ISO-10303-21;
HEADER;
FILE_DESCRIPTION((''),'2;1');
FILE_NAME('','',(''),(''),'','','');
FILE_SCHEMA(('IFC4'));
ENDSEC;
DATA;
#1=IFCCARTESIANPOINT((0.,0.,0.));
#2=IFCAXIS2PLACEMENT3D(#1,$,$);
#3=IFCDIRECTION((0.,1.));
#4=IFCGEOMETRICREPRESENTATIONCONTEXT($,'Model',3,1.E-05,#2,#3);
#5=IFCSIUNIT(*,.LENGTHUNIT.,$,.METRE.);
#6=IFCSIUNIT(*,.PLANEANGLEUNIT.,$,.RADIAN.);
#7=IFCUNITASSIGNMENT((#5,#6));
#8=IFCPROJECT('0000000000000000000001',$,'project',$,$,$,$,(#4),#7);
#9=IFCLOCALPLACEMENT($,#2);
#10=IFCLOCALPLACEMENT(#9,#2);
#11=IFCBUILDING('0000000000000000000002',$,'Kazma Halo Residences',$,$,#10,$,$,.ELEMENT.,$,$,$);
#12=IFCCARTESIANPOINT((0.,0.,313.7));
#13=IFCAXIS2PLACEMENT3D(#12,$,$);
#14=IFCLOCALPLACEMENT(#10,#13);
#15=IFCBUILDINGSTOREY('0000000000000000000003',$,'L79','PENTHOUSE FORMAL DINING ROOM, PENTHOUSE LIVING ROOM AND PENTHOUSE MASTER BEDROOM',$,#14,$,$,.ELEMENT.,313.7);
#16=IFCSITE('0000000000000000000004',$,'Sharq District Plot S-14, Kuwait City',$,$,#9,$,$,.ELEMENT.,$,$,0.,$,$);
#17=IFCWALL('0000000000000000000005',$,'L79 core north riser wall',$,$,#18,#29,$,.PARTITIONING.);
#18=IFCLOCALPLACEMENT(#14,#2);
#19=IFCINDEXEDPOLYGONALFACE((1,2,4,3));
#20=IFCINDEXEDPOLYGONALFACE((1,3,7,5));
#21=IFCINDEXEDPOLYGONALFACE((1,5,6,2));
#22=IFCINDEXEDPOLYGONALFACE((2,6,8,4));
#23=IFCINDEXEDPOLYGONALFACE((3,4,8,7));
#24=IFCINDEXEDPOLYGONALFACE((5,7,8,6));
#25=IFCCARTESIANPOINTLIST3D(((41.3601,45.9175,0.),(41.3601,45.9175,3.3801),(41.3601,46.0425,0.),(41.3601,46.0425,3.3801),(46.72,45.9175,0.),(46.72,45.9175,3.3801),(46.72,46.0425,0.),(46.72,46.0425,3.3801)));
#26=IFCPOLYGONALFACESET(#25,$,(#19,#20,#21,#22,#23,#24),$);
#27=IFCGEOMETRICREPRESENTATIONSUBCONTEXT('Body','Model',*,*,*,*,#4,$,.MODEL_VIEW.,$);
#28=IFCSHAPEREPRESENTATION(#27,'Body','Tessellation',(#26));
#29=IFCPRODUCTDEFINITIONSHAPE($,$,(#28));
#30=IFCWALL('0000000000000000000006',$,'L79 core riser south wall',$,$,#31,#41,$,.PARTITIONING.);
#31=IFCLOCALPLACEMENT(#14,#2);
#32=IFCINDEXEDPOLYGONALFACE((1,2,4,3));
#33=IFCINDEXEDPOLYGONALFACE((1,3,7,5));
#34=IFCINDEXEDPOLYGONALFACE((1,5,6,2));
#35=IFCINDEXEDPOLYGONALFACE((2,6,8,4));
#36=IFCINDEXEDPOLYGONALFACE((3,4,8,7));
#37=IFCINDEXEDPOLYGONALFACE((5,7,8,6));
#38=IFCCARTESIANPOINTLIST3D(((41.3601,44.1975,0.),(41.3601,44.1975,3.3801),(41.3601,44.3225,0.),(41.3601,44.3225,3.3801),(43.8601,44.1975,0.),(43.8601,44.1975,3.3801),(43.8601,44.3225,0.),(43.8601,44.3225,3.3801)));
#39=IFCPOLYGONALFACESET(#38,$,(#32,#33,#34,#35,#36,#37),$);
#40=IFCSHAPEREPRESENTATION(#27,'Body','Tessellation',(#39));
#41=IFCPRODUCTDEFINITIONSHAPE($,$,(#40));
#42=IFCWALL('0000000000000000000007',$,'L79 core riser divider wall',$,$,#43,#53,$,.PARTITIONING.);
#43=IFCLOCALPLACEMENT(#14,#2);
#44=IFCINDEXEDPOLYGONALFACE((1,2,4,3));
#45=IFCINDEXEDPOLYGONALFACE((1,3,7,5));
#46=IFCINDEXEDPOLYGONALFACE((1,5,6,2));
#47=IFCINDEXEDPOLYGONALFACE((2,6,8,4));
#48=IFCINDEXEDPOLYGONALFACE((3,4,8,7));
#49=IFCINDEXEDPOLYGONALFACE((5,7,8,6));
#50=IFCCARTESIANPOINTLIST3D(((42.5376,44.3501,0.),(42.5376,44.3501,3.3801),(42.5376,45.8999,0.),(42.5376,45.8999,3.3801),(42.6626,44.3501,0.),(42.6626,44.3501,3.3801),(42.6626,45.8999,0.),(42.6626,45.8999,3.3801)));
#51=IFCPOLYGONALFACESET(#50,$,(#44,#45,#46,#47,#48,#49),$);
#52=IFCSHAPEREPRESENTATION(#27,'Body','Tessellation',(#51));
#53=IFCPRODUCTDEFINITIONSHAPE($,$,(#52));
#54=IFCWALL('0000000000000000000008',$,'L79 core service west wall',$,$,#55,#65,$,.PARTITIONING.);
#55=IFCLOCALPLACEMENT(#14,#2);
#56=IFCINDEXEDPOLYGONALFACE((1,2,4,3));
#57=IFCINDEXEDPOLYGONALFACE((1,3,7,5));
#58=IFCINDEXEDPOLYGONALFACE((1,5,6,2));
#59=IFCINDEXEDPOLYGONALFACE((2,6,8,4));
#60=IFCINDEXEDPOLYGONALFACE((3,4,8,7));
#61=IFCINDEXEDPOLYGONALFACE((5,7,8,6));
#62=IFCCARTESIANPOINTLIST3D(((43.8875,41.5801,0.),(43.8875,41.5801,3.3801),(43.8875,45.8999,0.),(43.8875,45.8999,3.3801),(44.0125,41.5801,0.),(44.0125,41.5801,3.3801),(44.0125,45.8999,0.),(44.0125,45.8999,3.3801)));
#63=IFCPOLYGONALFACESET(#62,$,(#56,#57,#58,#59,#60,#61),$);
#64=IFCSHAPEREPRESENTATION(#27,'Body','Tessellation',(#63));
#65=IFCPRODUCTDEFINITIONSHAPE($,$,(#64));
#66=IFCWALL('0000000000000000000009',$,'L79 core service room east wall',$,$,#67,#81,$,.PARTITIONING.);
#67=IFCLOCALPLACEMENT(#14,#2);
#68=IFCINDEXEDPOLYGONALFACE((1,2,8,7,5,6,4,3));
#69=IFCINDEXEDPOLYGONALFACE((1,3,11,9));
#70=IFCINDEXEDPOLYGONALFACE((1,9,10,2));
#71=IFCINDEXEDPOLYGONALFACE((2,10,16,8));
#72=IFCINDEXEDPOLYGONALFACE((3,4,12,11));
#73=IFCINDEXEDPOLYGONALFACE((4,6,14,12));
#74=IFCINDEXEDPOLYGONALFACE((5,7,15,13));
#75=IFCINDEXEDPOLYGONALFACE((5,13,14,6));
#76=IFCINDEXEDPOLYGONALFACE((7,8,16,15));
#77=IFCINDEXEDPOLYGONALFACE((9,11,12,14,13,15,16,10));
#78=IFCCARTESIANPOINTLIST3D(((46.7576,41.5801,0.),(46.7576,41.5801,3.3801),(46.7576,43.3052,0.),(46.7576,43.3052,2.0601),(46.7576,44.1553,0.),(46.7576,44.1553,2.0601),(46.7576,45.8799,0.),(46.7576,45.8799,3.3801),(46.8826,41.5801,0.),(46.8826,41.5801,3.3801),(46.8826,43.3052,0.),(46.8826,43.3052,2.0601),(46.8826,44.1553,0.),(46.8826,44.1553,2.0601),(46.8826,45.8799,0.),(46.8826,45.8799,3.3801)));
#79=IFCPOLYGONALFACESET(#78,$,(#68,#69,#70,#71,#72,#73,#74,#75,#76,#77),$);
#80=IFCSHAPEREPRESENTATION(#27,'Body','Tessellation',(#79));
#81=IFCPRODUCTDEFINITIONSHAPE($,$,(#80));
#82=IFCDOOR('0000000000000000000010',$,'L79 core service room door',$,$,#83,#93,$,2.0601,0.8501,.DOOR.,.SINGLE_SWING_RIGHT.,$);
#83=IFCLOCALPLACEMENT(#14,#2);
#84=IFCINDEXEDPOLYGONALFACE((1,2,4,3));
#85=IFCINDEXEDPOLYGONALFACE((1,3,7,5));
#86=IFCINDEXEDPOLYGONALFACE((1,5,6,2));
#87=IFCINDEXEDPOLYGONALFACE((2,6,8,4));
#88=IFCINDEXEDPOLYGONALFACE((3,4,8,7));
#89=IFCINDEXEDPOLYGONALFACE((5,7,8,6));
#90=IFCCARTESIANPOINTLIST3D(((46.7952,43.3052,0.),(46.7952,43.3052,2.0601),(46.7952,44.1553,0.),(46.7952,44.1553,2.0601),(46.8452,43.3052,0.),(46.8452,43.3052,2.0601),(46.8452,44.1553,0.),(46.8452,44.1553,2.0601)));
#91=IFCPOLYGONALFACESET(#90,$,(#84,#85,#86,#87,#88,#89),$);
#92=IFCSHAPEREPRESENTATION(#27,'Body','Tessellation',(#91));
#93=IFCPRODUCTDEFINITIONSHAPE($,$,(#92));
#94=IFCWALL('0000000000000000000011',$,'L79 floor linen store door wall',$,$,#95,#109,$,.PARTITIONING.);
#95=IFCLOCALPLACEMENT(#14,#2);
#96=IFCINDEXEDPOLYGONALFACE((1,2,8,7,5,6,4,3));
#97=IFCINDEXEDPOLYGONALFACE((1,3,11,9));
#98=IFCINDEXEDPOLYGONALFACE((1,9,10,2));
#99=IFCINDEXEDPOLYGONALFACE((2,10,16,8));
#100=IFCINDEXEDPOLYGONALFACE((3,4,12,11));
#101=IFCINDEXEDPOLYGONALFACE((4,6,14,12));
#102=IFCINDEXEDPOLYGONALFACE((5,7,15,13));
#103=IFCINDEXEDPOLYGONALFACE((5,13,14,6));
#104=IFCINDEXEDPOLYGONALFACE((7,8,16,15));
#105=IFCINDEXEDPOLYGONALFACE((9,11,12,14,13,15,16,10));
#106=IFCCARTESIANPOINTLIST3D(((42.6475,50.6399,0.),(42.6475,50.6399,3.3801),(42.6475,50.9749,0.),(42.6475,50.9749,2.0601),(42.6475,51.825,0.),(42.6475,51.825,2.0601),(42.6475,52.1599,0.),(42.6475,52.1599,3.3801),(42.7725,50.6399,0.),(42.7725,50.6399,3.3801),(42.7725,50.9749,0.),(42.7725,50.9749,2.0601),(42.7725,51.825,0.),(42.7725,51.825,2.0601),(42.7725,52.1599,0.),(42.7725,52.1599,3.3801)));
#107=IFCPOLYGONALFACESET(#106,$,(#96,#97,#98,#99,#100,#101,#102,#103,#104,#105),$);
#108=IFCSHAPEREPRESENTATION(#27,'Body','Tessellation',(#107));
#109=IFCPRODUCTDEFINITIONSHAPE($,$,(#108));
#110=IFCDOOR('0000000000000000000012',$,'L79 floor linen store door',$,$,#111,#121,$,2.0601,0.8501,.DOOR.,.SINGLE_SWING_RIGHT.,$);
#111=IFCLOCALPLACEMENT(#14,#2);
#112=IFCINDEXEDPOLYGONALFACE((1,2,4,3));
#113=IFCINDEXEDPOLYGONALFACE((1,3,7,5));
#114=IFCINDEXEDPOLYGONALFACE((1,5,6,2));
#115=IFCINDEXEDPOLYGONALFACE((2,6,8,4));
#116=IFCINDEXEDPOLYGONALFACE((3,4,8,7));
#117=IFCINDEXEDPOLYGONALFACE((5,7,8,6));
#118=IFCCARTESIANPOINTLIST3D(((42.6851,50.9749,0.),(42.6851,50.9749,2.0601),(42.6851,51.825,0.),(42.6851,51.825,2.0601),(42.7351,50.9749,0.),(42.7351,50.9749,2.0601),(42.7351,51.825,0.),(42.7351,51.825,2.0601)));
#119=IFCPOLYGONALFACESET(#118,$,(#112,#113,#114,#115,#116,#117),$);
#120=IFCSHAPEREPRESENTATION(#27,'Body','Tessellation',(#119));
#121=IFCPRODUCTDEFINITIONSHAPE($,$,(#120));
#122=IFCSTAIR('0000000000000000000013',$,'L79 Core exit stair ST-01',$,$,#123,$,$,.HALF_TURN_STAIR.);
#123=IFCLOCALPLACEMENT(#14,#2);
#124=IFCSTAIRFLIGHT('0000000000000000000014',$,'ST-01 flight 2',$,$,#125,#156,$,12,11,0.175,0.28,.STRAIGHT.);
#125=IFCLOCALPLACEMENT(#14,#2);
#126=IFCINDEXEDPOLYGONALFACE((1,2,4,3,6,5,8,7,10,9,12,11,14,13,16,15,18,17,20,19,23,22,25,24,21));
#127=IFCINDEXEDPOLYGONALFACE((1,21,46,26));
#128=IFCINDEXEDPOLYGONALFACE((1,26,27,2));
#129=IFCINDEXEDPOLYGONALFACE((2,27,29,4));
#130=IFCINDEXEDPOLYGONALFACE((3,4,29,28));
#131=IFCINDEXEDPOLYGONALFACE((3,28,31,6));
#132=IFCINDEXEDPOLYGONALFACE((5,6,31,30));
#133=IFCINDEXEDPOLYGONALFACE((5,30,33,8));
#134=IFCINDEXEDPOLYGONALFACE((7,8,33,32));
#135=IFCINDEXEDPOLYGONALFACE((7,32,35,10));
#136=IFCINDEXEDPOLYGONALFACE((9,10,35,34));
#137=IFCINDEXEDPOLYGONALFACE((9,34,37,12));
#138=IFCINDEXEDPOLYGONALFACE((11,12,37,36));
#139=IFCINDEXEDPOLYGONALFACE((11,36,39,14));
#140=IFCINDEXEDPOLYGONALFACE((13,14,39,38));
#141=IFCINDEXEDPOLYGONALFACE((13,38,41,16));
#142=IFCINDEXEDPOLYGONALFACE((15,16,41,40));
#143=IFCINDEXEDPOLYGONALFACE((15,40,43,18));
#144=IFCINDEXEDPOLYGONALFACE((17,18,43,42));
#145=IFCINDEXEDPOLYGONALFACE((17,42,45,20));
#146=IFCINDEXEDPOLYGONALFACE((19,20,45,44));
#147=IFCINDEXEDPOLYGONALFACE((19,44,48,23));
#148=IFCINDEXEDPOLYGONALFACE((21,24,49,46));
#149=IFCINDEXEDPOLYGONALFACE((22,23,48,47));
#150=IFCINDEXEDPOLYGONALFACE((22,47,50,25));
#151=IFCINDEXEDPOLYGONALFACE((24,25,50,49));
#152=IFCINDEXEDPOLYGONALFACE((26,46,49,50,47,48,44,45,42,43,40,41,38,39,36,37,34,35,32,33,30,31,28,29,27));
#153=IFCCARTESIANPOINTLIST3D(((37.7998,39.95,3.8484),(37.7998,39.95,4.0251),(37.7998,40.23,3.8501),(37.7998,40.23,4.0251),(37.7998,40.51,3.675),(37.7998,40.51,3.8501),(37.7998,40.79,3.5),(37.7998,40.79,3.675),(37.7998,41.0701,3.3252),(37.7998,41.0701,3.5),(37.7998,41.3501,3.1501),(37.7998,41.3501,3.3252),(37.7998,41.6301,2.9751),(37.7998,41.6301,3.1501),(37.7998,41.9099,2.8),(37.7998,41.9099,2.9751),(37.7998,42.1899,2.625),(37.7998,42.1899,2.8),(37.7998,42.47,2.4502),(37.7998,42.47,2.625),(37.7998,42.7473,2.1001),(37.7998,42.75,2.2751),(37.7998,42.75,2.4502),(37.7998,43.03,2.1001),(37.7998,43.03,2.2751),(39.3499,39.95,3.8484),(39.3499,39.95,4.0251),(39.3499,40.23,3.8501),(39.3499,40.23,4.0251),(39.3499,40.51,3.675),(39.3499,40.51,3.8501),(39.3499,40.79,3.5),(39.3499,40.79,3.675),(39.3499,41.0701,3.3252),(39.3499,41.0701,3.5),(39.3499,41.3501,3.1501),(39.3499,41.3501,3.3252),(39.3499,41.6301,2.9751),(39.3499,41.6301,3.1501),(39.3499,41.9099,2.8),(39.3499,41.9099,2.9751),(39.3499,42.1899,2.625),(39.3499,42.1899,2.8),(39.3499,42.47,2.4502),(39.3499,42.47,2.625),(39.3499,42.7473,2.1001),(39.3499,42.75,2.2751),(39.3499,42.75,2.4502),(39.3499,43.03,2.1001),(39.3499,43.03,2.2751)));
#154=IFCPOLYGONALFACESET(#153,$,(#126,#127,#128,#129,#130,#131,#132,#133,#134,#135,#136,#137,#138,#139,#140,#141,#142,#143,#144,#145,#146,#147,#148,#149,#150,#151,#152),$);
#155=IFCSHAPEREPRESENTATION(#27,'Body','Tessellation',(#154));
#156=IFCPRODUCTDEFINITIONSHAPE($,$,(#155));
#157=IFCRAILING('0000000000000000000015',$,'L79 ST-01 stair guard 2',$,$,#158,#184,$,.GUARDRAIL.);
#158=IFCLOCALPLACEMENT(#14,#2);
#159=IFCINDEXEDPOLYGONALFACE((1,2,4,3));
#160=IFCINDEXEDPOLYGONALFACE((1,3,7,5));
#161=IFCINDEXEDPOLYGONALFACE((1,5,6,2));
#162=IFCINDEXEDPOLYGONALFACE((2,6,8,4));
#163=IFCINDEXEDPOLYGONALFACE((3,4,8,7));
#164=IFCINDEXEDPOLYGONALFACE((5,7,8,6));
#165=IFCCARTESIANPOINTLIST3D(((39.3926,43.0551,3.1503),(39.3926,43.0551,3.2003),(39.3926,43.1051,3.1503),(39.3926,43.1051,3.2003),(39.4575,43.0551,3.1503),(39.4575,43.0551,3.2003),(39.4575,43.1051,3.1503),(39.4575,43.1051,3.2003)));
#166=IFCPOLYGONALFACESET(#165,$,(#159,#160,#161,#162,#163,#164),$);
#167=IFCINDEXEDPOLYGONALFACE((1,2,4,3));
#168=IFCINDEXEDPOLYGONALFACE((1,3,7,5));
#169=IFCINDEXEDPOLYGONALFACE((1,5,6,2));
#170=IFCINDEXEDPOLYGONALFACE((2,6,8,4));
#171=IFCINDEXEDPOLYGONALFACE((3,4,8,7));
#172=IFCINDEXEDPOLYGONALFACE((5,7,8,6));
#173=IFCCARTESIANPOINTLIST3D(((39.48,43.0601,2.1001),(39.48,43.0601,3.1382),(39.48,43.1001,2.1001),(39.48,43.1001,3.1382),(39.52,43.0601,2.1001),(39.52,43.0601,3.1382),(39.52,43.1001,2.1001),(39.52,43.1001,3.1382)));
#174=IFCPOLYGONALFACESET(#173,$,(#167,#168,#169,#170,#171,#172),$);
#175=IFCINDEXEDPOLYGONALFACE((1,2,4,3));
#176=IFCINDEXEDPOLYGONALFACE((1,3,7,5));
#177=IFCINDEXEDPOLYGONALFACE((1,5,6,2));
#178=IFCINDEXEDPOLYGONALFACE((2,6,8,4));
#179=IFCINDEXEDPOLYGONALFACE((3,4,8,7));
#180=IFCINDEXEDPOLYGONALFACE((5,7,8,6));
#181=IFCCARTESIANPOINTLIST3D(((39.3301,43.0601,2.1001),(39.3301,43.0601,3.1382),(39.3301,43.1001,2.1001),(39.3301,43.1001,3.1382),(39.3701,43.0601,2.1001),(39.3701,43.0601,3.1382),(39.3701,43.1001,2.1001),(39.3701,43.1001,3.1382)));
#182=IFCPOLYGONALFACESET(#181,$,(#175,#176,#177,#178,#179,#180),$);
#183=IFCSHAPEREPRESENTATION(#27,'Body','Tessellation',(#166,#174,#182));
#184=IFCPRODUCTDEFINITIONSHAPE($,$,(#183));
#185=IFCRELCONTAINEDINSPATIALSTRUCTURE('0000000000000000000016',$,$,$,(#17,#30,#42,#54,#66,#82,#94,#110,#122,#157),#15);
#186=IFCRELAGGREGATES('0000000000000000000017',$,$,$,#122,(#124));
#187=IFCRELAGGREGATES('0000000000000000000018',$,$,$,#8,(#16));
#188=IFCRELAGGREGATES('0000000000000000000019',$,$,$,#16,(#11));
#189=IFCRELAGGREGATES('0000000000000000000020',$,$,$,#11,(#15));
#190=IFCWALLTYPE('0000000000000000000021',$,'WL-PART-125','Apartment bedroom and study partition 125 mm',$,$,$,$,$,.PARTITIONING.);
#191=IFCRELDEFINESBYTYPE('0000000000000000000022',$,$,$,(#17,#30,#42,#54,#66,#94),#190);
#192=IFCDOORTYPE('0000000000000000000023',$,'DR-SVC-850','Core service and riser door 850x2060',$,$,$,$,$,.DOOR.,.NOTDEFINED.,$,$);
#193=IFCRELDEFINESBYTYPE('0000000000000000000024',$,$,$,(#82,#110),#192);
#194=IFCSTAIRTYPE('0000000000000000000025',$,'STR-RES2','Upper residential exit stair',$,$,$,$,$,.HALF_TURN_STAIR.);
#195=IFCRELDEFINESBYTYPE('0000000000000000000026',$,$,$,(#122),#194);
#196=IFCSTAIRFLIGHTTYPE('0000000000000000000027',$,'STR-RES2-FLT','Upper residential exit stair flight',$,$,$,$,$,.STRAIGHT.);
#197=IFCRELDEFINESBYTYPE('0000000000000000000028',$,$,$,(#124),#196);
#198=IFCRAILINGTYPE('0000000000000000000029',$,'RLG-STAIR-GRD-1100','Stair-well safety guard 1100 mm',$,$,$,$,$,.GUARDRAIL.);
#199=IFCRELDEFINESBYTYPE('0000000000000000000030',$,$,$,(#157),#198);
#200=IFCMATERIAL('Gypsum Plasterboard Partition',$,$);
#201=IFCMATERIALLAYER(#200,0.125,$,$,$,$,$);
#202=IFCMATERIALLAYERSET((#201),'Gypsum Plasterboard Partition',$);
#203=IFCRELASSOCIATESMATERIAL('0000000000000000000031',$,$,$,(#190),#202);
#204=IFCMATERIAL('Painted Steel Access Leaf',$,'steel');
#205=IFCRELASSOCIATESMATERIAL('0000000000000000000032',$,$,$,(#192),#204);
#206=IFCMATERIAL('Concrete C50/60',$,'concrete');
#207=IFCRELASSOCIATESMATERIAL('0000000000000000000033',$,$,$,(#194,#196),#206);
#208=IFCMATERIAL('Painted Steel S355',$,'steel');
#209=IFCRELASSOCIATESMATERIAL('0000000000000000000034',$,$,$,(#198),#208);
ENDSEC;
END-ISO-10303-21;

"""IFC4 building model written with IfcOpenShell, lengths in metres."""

from ifc_helpers import new_model, si_unit, direction, frame, frame_2d, origin, origin_2d, place, context, subcontext, project, spatial, polyline, rectangle, outline, extrude, material, layer, layer_set, type_object, element, fill, aggregate, save


model = new_model("IFC4")

# Units and contexts
model_context = context("Model", 3, precision=1e-05, world=origin(), true_north=direction((0.0, 1.0)))
body_context = subcontext(model_context, "Body", "Model", "MODEL_VIEW")
ifc_project = project(units=[si_unit("LENGTHUNIT", "METRE"), si_unit("PLANEANGLEUNIT", "RADIAN")], contexts=[model_context])

# Site, building, storey
site_placement = place(None, origin())
site = spatial("IfcSite", under=ifc_project, at=site_placement, Name="Sharq District Plot S-14, Kuwait City", CompositionType="ELEMENT", RefElevation=0.0)
building_placement = place(site_placement, origin())
building = spatial("IfcBuilding", under=site, at=building_placement, Name="Kazma Halo Residences", CompositionType="ELEMENT")
storey_placement = place(building_placement, frame((0.0, 0.0, 313.7)))
storey = spatial("IfcBuildingStorey", under=building, at=storey_placement, Name="L79", Description="PENTHOUSE FORMAL DINING ROOM, PENTHOUSE LIVING ROOM AND PENTHOUSE MASTER BEDROOM", CompositionType="ELEMENT", Elevation=313.7)

# Shared definitions
ifc_material_1 = material(Name="Gypsum Plasterboard Partition")
ifc_layer_1 = layer(ifc_material_1, 0.125)
ifc_layer_set_1 = layer_set([ifc_layer_1], Name="Gypsum Plasterboard Partition")
wall_type_1 = type_object("IfcWallType", Name="WL-PART-125", Description="Apartment bedroom and study partition 125 mm", PredefinedType="PARTITIONING", material=ifc_layer_set_1)

# Shared definitions
ifc_material_2 = material(Name="Painted Steel Access Leaf", Category="steel")
door_type_1 = type_object("IfcDoorType", Name="DR-SVC-850", Description="Core service and riser door 850x2060", OperationType="NOTDEFINED", PredefinedType="DOOR", material=ifc_material_2)

# Walls
wall_1_placement = place(storey_placement, frame((41.3601, 45.98, 0.0), z_axis=(0.0, 0.0, 1.0), x_axis=(1.0, 0.0, 0.0)))
element("IfcWall", 1, at=wall_1_placement, inside=storey, type_object=wall_type_1, Name="L79 core north riser wall", PredefinedType="PARTITIONING", context=body_context, shape_type="SweptSolid", body=[
    extrude(rectangle(XDim=5.3599, YDim=0.125, at=frame_2d((2.6799, 0.0))), origin(), (0.0, 0.0, 1.0), 3.3801),
])
wall_2_placement = place(storey_placement, frame((41.3601, 44.26, 0.0), z_axis=(0.0, 0.0, 1.0), x_axis=(1.0, 0.0, 0.0)))
element("IfcWall", 2, at=wall_2_placement, inside=storey, type_object=wall_type_1, Name="L79 core riser south wall", PredefinedType="PARTITIONING", context=body_context, shape_type="SweptSolid", body=[
    extrude(rectangle(XDim=2.5, YDim=0.125, at=frame_2d((1.25, 0.0))), origin(), (0.0, 0.0, 1.0), 3.3801),
])
wall_3_placement = place(storey_placement, frame((42.6001, 44.3501, 0.0), z_axis=(0.0, 0.0, 1.0), x_axis=(0.0, 1.0, 0.0)))
element("IfcWall", 3, at=wall_3_placement, inside=storey, type_object=wall_type_1, Name="L79 core riser divider wall", PredefinedType="PARTITIONING", context=body_context, shape_type="SweptSolid", body=[
    extrude(rectangle(XDim=1.5498, YDim=0.125, at=frame_2d((0.7749, 0.0))), origin(), (0.0, 0.0, 1.0), 3.3801),
])
wall_4_placement = place(storey_placement, frame((43.95, 41.5801, 0.0), z_axis=(0.0, 0.0, 1.0), x_axis=(0.0, 1.0, 0.0)))
element("IfcWall", 4, at=wall_4_placement, inside=storey, type_object=wall_type_1, Name="L79 core service west wall", PredefinedType="PARTITIONING", context=body_context, shape_type="SweptSolid", body=[
    extrude(rectangle(XDim=4.3198, YDim=0.125, at=frame_2d((2.1599, 0.0))), origin(), (0.0, 0.0, 1.0), 3.3801),
])

# Walls, openings, doors
wall_5_placement = place(storey_placement, frame((46.8201, 41.5801, 0.0), z_axis=(0.0, 0.0, 1.0), x_axis=(0.0, 1.0, 0.0)))
wall_5 = element("IfcWall", 5, at=wall_5_placement, inside=storey, type_object=wall_type_1, Name="L79 core service room east wall", PredefinedType="PARTITIONING", context=body_context, shape_type="SweptSolid", body=[
    extrude(rectangle(XDim=4.2998, YDim=0.125, at=frame_2d((2.1499, 0.0))), origin(), (0.0, 0.0, 1.0), 3.3801),
])
opening_1_placement = place(wall_5_placement, frame((1.7251, 0.0, 0.0)))
opening_1 = element("IfcOpeningElement", 6, at=opening_1_placement, cuts=wall_5, PredefinedType="OPENING", context=body_context, shape_type="SweptSolid", body=[
    extrude(rectangle(XDim=0.8501, YDim=2.0601, at=frame_2d((0.425, 1.03))), frame((0.0, 0.0725, 0.0), z_axis=(0.0, -1.0, 0.0), x_axis=(1.0, 0.0, 0.0)), (0.0, 0.0, 1.0), 0.145),
])
door_1_placement = place(opening_1_placement, origin())
door_1 = element("IfcDoor", 7, at=door_1_placement, inside=storey, type_object=door_type_1, Name="L79 core service room door", OperationType="SINGLE_SWING_RIGHT", OverallHeight=2.0601, OverallWidth=0.8501, PredefinedType="DOOR", context=body_context, shape_type="SweptSolid", body=[
    extrude(rectangle(XDim=0.8501, YDim=2.0601, at=frame_2d((0.425, 1.03))), frame((0.0, 0.0249, 0.0), z_axis=(0.0, -1.0, 0.0), x_axis=(1.0, 0.0, 0.0)), (0.0, 0.0, 1.0), 0.05),
])
fill(opening_1, door_1)
wall_6_placement = place(storey_placement, frame((42.71, 50.6399, 0.0), z_axis=(0.0, 0.0, 1.0), x_axis=(0.0, 1.0, 0.0)))
wall_6 = element("IfcWall", 8, at=wall_6_placement, inside=storey, type_object=wall_type_1, Name="L79 floor linen store door wall", PredefinedType="PARTITIONING", context=body_context, shape_type="SweptSolid", body=[
    extrude(rectangle(XDim=1.52, YDim=0.125, at=frame_2d((0.76, 0.0))), origin(), (0.0, 0.0, 1.0), 3.3801),
])
opening_2_placement = place(wall_6_placement, frame((0.335, 0.0, 0.0)))
opening_2 = element("IfcOpeningElement", 9, at=opening_2_placement, cuts=wall_6, PredefinedType="OPENING", context=body_context, shape_type="SweptSolid", body=[
    extrude(rectangle(XDim=0.8501, YDim=2.0601, at=frame_2d((0.425, 1.03))), frame((0.0, 0.0725, 0.0), z_axis=(0.0, -1.0, 0.0), x_axis=(1.0, 0.0, 0.0)), (0.0, 0.0, 1.0), 0.145),
])
door_2_placement = place(opening_2_placement, origin())
door_2 = element("IfcDoor", 10, at=door_2_placement, inside=storey, type_object=door_type_1, Name="L79 floor linen store door", OperationType="SINGLE_SWING_RIGHT", OverallHeight=2.0601, OverallWidth=0.8501, PredefinedType="DOOR", context=body_context, shape_type="SweptSolid", body=[
    extrude(rectangle(XDim=0.8501, YDim=2.0601, at=frame_2d((0.425, 1.03))), frame((0.0, 0.0249, 0.0), z_axis=(0.0, -1.0, 0.0), x_axis=(1.0, 0.0, 0.0)), (0.0, 0.0, 1.0), 0.05),
])
fill(opening_2, door_2)

# Stair, stair flight
ifc_material_3 = material(Name="Concrete C50/60", Category="concrete")
stair_type = type_object("IfcStairType", Name="STR-RES2", Description="Upper residential exit stair", PredefinedType="HALF_TURN_STAIR", material=ifc_material_3)
stair_placement = place(storey_placement, origin())
stair = element("IfcStair", 11, at=stair_placement, inside=storey, type_object=stair_type, Name="L79 Core exit stair ST-01", PredefinedType="HALF_TURN_STAIR")
stair_flight_type = type_object("IfcStairFlightType", Name="STR-RES2-FLT", Description="Upper residential exit stair flight", PredefinedType="STRAIGHT", material=ifc_material_3)
stair_flight_placement = place(storey_placement, frame((38.575, 43.03, 2.1001), z_axis=(0.0, 0.0, 1.0), x_axis=(0.0, -1.0, 0.0)))
stair_flight = element("IfcStairFlight", 12, at=stair_flight_placement, type_object=stair_flight_type, Name="ST-01 flight 2", NumberOfRisers=12, NumberOfTreads=11, PredefinedType="STRAIGHT", RiserHeight=0.175, TreadLength=0.28, context=body_context, shape_type="SweptSolid", body=[
    extrude(outline(polyline([(0.0, 0.0), (0.0, 0.175), (0.28, 0.175), (0.28, 0.3501), (0.5601, 0.3501), (0.5601, 0.5249), (0.8401, 0.5249), (0.8401, 0.7), (1.1201, 0.7), (1.1201, 0.875), (1.3999, 0.875), (1.3999, 1.05), (1.6799, 1.05), (1.6799, 1.2251), (1.96, 1.2251), (1.96, 1.3999), (2.24, 1.3999), (2.24, 1.575), (2.52, 1.575), (2.52, 1.75), (2.8, 1.75), (2.8, 1.925), (3.0801, 1.925), (3.0801, 2.1001), (3.0801, 1.7483), (0.2827, 0.0), (0.0, 0.0)])), frame((0.0, 0.7749, 0.0), z_axis=(0.0, -1.0, 0.0), x_axis=(1.0, 0.0, 0.0)), (0.0, 0.0, 1.0), 1.55),
])
aggregate(stair, [stair_flight])

# Railing
ifc_material_4 = material(Name="Painted Steel S355", Category="steel")
railing_type_1 = type_object("IfcRailingType", Name="RLG-STAIR-GRD-1100", Description="Stair-well safety guard 1100 mm", PredefinedType="GUARDRAIL", material=ifc_material_4)
railing_1_placement = place(storey_placement, frame((39.5, 43.0801, 2.1001)))
element("IfcRailing", 13, at=railing_1_placement, inside=storey, type_object=railing_type_1, Name="L79 ST-01 stair guard 2", PredefinedType="GUARDRAIL", context=body_context, shape_type="SweptSolid", body=[
    extrude(rectangle(XDim=0.05, YDim=0.05, at=origin_2d()), frame((-0.0425, 0.0, 1.0752), z_axis=(-1.0, 0.0, 0.0), x_axis=(0.0, -1.0, 0.0)), (0.0, 0.0, 1.0), 0.0649),
    extrude(rectangle(XDim=0.04, YDim=0.04, at=origin_2d()), origin(), (0.0, 0.0, 1.0), 1.0381),
    extrude(rectangle(XDim=0.04, YDim=0.04, at=origin_2d()), frame((-0.1499, 0.0, 0.0)), (0.0, 0.0, 1.0), 1.0381),
])

save(model, "model.ifc")
